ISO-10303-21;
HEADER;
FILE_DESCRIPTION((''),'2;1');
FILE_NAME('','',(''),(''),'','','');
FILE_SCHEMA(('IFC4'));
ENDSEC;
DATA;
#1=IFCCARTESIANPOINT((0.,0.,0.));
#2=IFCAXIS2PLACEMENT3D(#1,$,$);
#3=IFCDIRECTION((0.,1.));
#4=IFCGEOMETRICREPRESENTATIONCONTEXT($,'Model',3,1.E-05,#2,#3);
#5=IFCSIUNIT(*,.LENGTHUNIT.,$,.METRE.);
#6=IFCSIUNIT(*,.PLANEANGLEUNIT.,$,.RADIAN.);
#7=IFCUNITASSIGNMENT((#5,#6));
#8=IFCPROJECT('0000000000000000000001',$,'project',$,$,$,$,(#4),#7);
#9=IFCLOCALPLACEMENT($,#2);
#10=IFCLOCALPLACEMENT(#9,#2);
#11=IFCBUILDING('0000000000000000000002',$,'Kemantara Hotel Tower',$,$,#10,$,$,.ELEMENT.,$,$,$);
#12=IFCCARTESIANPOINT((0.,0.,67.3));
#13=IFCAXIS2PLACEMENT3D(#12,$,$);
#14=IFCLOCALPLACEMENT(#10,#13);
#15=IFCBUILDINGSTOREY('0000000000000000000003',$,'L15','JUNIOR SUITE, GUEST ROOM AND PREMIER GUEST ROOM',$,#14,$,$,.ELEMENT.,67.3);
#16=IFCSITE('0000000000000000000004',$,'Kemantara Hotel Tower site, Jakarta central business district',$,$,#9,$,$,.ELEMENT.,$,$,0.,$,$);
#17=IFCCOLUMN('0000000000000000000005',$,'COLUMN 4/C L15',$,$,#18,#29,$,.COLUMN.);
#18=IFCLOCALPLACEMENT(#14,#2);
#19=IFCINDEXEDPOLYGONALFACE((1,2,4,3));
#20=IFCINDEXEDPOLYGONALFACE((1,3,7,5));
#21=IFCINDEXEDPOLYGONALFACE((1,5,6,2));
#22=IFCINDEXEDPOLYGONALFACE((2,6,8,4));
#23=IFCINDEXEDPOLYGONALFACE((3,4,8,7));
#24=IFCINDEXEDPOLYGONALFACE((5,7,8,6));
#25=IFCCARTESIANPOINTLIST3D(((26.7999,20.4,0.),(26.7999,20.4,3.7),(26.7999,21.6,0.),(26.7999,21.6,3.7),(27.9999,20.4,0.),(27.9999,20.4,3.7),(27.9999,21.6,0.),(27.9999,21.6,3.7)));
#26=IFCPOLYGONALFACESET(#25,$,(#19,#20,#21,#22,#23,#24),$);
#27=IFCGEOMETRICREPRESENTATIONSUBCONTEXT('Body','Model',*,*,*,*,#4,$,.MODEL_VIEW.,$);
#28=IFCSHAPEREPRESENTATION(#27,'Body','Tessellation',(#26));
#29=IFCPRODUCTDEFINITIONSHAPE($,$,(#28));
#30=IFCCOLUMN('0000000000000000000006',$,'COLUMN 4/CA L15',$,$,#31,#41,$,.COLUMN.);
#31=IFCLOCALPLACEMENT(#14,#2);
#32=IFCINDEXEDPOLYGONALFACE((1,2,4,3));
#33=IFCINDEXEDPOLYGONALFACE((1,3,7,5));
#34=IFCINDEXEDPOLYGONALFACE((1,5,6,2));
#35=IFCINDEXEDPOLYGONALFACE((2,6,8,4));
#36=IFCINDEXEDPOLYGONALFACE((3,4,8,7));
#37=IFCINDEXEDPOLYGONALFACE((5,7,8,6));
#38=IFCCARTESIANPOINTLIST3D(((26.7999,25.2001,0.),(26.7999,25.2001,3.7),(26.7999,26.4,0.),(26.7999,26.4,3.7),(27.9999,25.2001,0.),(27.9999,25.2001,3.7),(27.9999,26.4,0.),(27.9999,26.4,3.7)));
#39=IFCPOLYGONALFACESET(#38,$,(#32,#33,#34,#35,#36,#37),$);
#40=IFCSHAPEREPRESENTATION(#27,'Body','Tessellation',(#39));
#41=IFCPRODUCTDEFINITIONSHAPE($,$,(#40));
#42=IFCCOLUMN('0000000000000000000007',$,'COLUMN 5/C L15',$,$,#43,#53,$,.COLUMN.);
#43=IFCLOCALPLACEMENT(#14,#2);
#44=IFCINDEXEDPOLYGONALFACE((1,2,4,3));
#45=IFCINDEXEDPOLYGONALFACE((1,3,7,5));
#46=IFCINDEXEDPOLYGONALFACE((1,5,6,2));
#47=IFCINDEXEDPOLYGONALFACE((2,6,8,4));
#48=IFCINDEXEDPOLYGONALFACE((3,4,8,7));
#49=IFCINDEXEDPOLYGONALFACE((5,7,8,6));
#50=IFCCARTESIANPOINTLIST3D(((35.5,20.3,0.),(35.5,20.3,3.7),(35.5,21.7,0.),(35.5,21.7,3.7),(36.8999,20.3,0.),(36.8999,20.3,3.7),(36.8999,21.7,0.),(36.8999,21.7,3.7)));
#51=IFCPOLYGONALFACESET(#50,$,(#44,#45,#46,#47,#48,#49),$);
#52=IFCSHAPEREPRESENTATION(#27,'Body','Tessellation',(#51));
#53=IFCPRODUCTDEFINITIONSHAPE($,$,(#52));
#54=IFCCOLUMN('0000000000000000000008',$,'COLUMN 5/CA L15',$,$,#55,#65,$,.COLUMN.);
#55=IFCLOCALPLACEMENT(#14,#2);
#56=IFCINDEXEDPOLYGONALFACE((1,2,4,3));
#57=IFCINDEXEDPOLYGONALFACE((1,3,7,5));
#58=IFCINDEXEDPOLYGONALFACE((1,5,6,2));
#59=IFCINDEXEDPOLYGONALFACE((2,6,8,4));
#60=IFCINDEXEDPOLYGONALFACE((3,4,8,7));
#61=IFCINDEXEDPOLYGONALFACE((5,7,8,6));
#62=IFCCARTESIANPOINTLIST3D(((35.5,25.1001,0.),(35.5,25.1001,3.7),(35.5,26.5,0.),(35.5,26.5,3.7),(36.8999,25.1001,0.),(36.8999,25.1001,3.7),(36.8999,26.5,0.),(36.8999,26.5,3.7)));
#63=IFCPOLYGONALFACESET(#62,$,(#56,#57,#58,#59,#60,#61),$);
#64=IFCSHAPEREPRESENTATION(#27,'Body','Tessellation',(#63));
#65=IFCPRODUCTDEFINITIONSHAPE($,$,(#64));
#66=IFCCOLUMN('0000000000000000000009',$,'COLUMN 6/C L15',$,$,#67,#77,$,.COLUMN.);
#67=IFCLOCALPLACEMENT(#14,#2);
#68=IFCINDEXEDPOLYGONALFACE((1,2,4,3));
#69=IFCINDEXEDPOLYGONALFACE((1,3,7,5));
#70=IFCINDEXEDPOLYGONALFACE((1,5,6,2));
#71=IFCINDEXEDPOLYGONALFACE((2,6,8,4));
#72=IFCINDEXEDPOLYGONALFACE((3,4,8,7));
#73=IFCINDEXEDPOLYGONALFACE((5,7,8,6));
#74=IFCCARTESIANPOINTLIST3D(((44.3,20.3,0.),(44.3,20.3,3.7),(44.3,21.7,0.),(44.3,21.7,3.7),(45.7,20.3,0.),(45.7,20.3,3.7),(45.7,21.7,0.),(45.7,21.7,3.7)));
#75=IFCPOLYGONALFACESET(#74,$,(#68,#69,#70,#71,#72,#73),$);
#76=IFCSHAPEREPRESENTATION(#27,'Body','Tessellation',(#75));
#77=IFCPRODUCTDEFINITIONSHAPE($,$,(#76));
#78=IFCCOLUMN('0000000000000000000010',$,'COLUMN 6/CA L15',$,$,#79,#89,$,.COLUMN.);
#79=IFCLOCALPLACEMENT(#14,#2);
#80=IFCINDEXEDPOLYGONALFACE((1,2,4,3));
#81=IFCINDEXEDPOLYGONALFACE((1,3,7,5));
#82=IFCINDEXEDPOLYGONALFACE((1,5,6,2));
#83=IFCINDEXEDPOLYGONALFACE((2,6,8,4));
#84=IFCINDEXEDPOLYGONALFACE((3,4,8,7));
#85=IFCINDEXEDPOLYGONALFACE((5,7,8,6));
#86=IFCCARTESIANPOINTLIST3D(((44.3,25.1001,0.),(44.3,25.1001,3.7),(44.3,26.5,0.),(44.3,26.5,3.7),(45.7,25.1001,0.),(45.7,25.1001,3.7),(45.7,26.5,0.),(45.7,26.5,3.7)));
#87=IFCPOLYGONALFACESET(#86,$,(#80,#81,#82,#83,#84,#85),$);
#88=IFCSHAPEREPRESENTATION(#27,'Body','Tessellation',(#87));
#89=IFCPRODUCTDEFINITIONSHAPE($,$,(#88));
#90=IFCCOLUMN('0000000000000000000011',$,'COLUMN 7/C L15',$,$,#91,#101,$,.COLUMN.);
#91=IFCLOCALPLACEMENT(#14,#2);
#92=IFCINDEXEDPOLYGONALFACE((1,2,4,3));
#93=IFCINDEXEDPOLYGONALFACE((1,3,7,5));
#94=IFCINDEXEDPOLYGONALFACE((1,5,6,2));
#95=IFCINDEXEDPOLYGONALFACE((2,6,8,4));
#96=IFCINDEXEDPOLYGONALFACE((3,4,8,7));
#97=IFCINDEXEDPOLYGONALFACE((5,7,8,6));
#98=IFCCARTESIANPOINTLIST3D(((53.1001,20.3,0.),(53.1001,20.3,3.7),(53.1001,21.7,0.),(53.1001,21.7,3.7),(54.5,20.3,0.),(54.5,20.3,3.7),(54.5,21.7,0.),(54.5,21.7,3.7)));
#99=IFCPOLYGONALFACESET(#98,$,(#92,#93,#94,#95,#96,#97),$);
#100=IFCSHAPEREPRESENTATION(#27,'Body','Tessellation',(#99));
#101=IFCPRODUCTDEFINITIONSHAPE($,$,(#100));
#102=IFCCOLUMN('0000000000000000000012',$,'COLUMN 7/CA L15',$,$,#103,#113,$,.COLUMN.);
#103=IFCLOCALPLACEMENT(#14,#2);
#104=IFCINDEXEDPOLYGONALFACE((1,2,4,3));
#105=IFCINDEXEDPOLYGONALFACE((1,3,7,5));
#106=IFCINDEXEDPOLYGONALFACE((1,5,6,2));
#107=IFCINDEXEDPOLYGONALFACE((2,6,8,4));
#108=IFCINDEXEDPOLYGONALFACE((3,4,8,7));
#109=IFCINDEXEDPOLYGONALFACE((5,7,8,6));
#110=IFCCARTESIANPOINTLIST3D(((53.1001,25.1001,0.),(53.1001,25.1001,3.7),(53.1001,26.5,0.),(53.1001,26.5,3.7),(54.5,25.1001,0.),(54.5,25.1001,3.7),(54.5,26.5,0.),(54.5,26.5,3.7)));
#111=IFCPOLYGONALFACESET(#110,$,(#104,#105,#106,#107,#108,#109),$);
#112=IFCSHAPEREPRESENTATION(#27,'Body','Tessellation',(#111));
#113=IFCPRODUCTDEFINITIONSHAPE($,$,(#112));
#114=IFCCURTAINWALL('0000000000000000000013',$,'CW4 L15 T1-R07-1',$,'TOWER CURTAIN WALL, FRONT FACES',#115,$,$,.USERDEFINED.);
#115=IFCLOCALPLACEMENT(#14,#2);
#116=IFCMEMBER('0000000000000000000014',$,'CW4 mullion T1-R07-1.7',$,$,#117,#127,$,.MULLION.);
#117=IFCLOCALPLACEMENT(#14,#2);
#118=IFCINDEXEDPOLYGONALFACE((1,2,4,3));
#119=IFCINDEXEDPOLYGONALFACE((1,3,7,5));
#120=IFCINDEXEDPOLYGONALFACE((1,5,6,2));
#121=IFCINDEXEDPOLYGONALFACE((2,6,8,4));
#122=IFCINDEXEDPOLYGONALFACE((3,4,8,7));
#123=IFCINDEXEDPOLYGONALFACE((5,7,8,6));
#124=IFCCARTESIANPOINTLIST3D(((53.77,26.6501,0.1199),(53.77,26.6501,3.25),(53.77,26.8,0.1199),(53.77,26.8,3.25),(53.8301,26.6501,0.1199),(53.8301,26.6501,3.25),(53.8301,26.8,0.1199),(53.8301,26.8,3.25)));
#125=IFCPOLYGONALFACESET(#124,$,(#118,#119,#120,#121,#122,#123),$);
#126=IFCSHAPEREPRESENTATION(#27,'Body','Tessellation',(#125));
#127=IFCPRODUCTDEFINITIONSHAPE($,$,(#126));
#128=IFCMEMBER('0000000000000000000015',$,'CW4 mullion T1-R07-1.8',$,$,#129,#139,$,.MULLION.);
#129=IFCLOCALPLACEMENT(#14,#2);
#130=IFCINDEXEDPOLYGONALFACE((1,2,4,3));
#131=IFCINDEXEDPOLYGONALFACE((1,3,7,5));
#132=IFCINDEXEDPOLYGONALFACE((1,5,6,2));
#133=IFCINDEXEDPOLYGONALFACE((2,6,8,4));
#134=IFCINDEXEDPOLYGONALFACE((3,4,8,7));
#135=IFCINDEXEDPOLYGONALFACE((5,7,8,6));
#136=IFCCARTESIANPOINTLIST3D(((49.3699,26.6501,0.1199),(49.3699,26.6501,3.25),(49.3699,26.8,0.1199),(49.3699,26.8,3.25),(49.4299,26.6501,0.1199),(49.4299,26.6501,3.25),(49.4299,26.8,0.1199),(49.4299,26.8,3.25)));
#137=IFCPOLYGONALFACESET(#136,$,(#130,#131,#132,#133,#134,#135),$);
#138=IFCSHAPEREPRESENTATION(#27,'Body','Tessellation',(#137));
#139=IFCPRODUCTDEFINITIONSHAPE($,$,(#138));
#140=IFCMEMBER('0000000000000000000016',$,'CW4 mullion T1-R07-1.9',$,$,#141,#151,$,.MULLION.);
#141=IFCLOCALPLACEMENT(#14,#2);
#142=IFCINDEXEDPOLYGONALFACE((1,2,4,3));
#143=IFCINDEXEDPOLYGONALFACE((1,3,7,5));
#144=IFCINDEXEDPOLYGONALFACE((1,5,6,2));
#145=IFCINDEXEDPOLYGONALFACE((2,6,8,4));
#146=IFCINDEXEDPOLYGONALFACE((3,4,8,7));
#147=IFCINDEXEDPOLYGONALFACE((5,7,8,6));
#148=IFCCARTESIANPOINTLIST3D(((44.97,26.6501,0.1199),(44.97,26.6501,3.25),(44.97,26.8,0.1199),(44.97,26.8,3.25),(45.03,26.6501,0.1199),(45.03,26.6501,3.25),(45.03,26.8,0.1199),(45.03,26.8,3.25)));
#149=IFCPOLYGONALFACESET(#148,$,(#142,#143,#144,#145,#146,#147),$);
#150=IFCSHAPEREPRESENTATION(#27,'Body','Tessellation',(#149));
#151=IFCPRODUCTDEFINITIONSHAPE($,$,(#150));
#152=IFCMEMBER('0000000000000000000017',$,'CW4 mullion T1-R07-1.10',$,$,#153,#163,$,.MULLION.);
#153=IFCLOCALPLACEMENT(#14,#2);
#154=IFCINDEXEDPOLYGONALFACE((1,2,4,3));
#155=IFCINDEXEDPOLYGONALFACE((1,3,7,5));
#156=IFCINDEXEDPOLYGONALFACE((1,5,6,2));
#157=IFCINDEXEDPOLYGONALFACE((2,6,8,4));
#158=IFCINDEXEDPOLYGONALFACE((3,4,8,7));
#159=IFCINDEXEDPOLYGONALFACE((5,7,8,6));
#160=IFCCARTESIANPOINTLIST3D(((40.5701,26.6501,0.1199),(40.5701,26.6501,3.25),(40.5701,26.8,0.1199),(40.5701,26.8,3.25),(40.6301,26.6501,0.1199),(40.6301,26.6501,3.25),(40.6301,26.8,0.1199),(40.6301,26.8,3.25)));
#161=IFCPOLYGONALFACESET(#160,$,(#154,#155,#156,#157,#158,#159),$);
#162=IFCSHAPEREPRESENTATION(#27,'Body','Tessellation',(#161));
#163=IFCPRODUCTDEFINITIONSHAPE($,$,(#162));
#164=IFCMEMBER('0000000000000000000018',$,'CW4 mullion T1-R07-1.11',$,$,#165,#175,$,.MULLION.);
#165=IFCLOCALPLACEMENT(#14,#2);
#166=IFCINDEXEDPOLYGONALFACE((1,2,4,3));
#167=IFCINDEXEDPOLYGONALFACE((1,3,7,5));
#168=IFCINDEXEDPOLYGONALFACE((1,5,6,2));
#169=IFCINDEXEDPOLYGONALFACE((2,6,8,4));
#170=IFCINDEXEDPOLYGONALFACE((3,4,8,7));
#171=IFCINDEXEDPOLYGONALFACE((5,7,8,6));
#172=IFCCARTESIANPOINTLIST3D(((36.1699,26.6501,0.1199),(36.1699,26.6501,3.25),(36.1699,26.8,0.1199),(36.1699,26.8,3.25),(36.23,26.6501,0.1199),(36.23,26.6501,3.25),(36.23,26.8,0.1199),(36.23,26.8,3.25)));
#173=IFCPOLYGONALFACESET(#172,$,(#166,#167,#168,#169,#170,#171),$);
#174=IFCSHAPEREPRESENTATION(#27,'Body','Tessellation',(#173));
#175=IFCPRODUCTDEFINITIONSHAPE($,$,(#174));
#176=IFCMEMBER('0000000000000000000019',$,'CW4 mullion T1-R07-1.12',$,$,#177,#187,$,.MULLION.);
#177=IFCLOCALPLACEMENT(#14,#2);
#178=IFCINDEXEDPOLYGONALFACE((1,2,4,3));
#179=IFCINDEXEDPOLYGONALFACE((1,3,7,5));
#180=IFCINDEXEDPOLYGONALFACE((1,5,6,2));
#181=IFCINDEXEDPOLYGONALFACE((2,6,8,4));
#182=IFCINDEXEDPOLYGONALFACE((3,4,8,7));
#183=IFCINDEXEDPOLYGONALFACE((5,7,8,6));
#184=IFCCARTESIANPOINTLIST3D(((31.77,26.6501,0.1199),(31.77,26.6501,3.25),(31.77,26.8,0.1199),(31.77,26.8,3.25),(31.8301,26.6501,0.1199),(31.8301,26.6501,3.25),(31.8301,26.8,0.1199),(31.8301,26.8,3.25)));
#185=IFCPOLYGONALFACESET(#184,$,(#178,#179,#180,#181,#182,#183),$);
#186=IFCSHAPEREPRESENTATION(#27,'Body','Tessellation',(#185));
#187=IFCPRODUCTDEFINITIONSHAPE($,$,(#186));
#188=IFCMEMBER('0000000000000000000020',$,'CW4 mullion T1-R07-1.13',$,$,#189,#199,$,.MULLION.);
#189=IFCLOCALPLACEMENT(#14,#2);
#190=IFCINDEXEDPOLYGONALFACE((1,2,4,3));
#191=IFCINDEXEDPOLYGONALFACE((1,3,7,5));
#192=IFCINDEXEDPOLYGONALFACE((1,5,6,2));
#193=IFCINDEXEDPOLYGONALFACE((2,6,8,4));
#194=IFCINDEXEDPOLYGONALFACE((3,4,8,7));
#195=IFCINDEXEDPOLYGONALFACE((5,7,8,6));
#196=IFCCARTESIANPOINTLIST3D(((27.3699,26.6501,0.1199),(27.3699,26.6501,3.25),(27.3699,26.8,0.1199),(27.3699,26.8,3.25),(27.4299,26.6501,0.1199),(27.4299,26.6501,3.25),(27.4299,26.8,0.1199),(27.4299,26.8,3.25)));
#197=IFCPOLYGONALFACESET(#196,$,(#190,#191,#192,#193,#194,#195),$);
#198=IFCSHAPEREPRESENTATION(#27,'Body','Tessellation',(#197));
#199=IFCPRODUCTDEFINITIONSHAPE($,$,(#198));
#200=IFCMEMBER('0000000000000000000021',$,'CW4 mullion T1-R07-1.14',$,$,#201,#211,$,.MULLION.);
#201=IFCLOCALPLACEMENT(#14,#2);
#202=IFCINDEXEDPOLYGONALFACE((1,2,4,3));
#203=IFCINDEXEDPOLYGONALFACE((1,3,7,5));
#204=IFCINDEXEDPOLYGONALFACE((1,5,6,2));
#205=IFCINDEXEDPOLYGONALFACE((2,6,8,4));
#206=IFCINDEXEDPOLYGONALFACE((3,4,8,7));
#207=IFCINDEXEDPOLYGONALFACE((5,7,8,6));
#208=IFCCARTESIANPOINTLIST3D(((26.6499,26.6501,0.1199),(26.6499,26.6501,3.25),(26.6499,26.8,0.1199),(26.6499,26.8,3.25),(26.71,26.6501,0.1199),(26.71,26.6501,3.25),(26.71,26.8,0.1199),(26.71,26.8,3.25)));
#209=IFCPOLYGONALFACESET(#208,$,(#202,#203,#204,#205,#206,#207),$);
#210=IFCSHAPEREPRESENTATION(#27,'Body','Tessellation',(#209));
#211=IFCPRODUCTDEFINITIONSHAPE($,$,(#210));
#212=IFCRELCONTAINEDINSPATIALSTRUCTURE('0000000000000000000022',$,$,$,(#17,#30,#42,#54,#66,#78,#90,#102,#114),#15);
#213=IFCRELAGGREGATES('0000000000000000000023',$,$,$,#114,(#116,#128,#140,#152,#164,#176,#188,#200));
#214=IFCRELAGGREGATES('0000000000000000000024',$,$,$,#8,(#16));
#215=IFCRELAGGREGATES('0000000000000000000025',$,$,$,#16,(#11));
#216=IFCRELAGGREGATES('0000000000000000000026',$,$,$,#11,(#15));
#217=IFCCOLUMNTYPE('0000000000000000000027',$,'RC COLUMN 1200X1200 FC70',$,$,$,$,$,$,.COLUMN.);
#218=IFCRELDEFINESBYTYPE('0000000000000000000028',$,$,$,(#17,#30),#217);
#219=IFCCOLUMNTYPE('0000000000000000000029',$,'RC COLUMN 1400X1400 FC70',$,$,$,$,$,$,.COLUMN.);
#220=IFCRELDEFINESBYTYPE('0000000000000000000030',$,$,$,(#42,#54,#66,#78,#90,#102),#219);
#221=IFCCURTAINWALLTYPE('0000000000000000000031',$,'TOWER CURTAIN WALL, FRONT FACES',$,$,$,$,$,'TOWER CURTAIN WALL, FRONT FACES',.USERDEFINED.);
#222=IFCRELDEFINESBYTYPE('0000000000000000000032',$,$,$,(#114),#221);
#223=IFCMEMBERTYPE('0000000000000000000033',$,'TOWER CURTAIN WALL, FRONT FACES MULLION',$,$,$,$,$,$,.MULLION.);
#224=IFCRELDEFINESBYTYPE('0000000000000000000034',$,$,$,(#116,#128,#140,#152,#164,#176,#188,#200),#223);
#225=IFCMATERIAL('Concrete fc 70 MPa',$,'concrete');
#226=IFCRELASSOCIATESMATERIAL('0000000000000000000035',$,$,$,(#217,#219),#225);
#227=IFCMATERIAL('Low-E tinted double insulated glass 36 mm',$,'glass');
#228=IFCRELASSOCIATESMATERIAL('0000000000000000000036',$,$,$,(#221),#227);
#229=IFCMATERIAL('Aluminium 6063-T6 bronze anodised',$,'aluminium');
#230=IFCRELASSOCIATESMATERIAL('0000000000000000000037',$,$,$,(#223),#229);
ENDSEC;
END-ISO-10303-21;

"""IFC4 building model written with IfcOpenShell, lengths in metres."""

from ifc_helpers import new_model, si_unit, direction, frame, origin, origin_2d, place, context, subcontext, project, spatial, rectangle, extrude, source, transform, mapped, material, material_profile, profile_set, type_object, element, aggregate, save


model = new_model("IFC4")

# Units and contexts
model_context = context("Model", 3, precision=1e-05, world=origin(), true_north=direction((0.0, 1.0)))
body_context = subcontext(model_context, "Body", "Model", "MODEL_VIEW")
ifc_project = project(units=[si_unit("LENGTHUNIT", "METRE"), si_unit("PLANEANGLEUNIT", "RADIAN")], contexts=[model_context])

# Site, building, storey
site_placement = place(None, origin())
site = spatial("IfcSite", under=ifc_project, at=site_placement, Name="Kemantara Hotel Tower site, Jakarta central business district", CompositionType="ELEMENT", RefElevation=0.0)
building_placement = place(site_placement, origin())
building = spatial("IfcBuilding", under=site, at=building_placement, Name="Kemantara Hotel Tower", CompositionType="ELEMENT")
storey_placement = place(building_placement, frame((0.0, 0.0, 67.3)))
storey = spatial("IfcBuildingStorey", under=building, at=storey_placement, Name="L15", Description="JUNIOR SUITE, GUEST ROOM AND PREMIER GUEST ROOM", CompositionType="ELEMENT", Elevation=67.3)

# Columns
ifc_material_1 = material(Name="Concrete fc 70 MPa", Category="concrete")
ifc_material_profile_1 = material_profile(ifc_material_1, rectangle(XDim=1.2, YDim=1.2, at=origin_2d()), Name="RC 1200X1200")
ifc_profile_set_1 = profile_set([ifc_material_profile_1], Name="Concrete fc 70 MPa")
column_type_1 = type_object("IfcColumnType", Name="RC COLUMN 1200X1200 FC70", PredefinedType="COLUMN", material=ifc_profile_set_1)
for number, where, z_axis, x_axis, name in (
    (1, (27.3999, 21.0, 0.0), (0.0, 0.0, 1.0), (1.0, 0.0, 0.0), "COLUMN 4/C L15"),
    (2, (27.3999, 25.8, 0.0), (0.0, 0.0, 1.0), (1.0, 0.0, 0.0), "COLUMN 4/CA L15"),
):
    element("IfcColumn", number, at=place(storey_placement, frame(where, z_axis=z_axis, x_axis=x_axis)), inside=storey, type_object=column_type_1, Name=name, PredefinedType="COLUMN", context=body_context, shape_type="SweptSolid", body=[
        extrude(rectangle(XDim=1.2, YDim=1.2, at=origin_2d()), origin(), (0.0, 0.0, 1.0), 3.7),
    ])
ifc_material_profile_2 = material_profile(ifc_material_1, rectangle(XDim=1.3999, YDim=1.3999, at=origin_2d()), Name="RC 1400X1400")
ifc_profile_set_2 = profile_set([ifc_material_profile_2], Name="Concrete fc 70 MPa")
column_type_2 = type_object("IfcColumnType", Name="RC COLUMN 1400X1400 FC70", PredefinedType="COLUMN", material=ifc_profile_set_2)
for number, where, z_axis, x_axis, name in (
    (3, (36.2, 21.0, 0.0), (0.0, 0.0, 1.0), (1.0, 0.0, 0.0), "COLUMN 5/C L15"),
    (4, (36.2, 25.8, 0.0), (0.0, 0.0, 1.0), (1.0, 0.0, 0.0), "COLUMN 5/CA L15"),
    (5, (45.0, 21.0, 0.0), (0.0, 0.0, 1.0), (1.0, 0.0, 0.0), "COLUMN 6/C L15"),
    (6, (45.0, 25.8, 0.0), (0.0, 0.0, 1.0), (1.0, 0.0, 0.0), "COLUMN 6/CA L15"),
    (7, (53.8, 21.0, 0.0), (0.0, 0.0, 1.0), (1.0, 0.0, 0.0), "COLUMN 7/C L15"),
    (8, (53.8, 25.8, 0.0), (0.0, 0.0, 1.0), (1.0, 0.0, 0.0), "COLUMN 7/CA L15"),
):
    element("IfcColumn", number, at=place(storey_placement, frame(where, z_axis=z_axis, x_axis=x_axis)), inside=storey, type_object=column_type_2, Name=name, PredefinedType="COLUMN", context=body_context, shape_type="SweptSolid", body=[
        extrude(rectangle(XDim=1.3999, YDim=1.3999, at=origin_2d()), origin(), (0.0, 0.0, 1.0), 3.7),
    ])

# Curtain wall, members
ifc_material_2 = material(Name="Low-E tinted double insulated glass 36 mm", Category="glass")
curtain_wall_type = type_object("IfcCurtainWallType", Name="TOWER CURTAIN WALL, FRONT FACES", ElementType="TOWER CURTAIN WALL, FRONT FACES", PredefinedType="USERDEFINED", material=ifc_material_2)
curtain_wall_placement = place(storey_placement, origin())
curtain_wall = element("IfcCurtainWall", 9, at=curtain_wall_placement, inside=storey, type_object=curtain_wall_type, Name="CW4 L15 T1-R07-1", ObjectType="TOWER CURTAIN WALL, FRONT FACES", PredefinedType="USERDEFINED")
ifc_material_3 = material(Name="Aluminium 6063-T6 bronze anodised", Category="aluminium")
ifc_material_profile_3 = material_profile(ifc_material_3, rectangle(XDim=0.1499, YDim=0.0601, at=origin_2d()), Name="TOWER CURTAIN WALL, FRONT FACES MULLION")
ifc_profile_set_3 = profile_set([ifc_material_profile_3], Name="Aluminium 6063-T6 bronze anodised")
member_type = type_object("IfcMemberType", Name="TOWER CURTAIN WALL, FRONT FACES MULLION", PredefinedType="MULLION", material=ifc_profile_set_3)
shared_shape_1 = source(origin(), body_context, "Body", "SweptSolid", [
    extrude(rectangle(XDim=0.1499, YDim=0.0601, at=origin_2d()), origin(), (0.0, 0.0, 1.0), 3.1301),
])
member_1_placement = place(storey_placement, frame((53.8, 26.7251, 0.1199), z_axis=(0.0, 0.0, 1.0), x_axis=(0.0, -1.0, 0.0)))
member_1 = element("IfcMember", 10, at=member_1_placement, type_object=member_type, Name="CW4 mullion T1-R07-1.7", PredefinedType="MULLION", context=body_context, shape_type="MappedRepresentation", body=[
    mapped(shared_shape_1, transform((0.0, 0.0, 0.0))),
])
member_2_placement = place(storey_placement, frame((49.3999, 26.7251, 0.1199), z_axis=(0.0, 0.0, 1.0), x_axis=(0.0, -1.0, 0.0)))
member_2 = element("IfcMember", 11, at=member_2_placement, type_object=member_type, Name="CW4 mullion T1-R07-1.8", PredefinedType="MULLION", context=body_context, shape_type="MappedRepresentation", body=[
    mapped(shared_shape_1, transform((0.0, 0.0, 0.0))),
])
member_3_placement = place(storey_placement, frame((45.0, 26.7251, 0.1199), z_axis=(0.0, 0.0, 1.0), x_axis=(0.0, -1.0, 0.0)))
member_3 = element("IfcMember", 12, at=member_3_placement, type_object=member_type, Name="CW4 mullion T1-R07-1.9", PredefinedType="MULLION", context=body_context, shape_type="MappedRepresentation", body=[
    mapped(shared_shape_1, transform((0.0, 0.0, 0.0))),
])
member_4_placement = place(storey_placement, frame((40.6001, 26.7251, 0.1199), z_axis=(0.0, 0.0, 1.0), x_axis=(0.0, -1.0, 0.0)))
member_4 = element("IfcMember", 13, at=member_4_placement, type_object=member_type, Name="CW4 mullion T1-R07-1.10", PredefinedType="MULLION", context=body_context, shape_type="MappedRepresentation", body=[
    mapped(shared_shape_1, transform((0.0, 0.0, 0.0))),
])
member_5_placement = place(storey_placement, frame((36.2, 26.7251, 0.1199), z_axis=(0.0, 0.0, 1.0), x_axis=(0.0, -1.0, 0.0)))
member_5 = element("IfcMember", 14, at=member_5_placement, type_object=member_type, Name="CW4 mullion T1-R07-1.11", PredefinedType="MULLION", context=body_context, shape_type="MappedRepresentation", body=[
    mapped(shared_shape_1, transform((0.0, 0.0, 0.0))),
])
member_6_placement = place(storey_placement, frame((31.8, 26.7251, 0.1199), z_axis=(0.0, 0.0, 1.0), x_axis=(0.0, -1.0, 0.0)))
member_6 = element("IfcMember", 15, at=member_6_placement, type_object=member_type, Name="CW4 mullion T1-R07-1.12", PredefinedType="MULLION", context=body_context, shape_type="MappedRepresentation", body=[
    mapped(shared_shape_1, transform((0.0, 0.0, 0.0))),
])
member_7_placement = place(storey_placement, frame((27.3999, 26.7251, 0.1199), z_axis=(0.0, 0.0, 1.0), x_axis=(0.0, -1.0, 0.0)))
member_7 = element("IfcMember", 16, at=member_7_placement, type_object=member_type, Name="CW4 mullion T1-R07-1.13", PredefinedType="MULLION", context=body_context, shape_type="MappedRepresentation", body=[
    mapped(shared_shape_1, transform((0.0, 0.0, 0.0))),
])
member_8_placement = place(storey_placement, frame((26.6799, 26.7251, 0.1199), z_axis=(0.0, 0.0, 1.0), x_axis=(0.0, -1.0, 0.0)))
member_8 = element("IfcMember", 17, at=member_8_placement, type_object=member_type, Name="CW4 mullion T1-R07-1.14", PredefinedType="MULLION", context=body_context, shape_type="MappedRepresentation", body=[
    mapped(shared_shape_1, transform((0.0, 0.0, 0.0))),
])
aggregate(curtain_wall, [member_1, member_2, member_3, member_4, member_5, member_6, member_7, member_8])

save(model, "model.ifc")
